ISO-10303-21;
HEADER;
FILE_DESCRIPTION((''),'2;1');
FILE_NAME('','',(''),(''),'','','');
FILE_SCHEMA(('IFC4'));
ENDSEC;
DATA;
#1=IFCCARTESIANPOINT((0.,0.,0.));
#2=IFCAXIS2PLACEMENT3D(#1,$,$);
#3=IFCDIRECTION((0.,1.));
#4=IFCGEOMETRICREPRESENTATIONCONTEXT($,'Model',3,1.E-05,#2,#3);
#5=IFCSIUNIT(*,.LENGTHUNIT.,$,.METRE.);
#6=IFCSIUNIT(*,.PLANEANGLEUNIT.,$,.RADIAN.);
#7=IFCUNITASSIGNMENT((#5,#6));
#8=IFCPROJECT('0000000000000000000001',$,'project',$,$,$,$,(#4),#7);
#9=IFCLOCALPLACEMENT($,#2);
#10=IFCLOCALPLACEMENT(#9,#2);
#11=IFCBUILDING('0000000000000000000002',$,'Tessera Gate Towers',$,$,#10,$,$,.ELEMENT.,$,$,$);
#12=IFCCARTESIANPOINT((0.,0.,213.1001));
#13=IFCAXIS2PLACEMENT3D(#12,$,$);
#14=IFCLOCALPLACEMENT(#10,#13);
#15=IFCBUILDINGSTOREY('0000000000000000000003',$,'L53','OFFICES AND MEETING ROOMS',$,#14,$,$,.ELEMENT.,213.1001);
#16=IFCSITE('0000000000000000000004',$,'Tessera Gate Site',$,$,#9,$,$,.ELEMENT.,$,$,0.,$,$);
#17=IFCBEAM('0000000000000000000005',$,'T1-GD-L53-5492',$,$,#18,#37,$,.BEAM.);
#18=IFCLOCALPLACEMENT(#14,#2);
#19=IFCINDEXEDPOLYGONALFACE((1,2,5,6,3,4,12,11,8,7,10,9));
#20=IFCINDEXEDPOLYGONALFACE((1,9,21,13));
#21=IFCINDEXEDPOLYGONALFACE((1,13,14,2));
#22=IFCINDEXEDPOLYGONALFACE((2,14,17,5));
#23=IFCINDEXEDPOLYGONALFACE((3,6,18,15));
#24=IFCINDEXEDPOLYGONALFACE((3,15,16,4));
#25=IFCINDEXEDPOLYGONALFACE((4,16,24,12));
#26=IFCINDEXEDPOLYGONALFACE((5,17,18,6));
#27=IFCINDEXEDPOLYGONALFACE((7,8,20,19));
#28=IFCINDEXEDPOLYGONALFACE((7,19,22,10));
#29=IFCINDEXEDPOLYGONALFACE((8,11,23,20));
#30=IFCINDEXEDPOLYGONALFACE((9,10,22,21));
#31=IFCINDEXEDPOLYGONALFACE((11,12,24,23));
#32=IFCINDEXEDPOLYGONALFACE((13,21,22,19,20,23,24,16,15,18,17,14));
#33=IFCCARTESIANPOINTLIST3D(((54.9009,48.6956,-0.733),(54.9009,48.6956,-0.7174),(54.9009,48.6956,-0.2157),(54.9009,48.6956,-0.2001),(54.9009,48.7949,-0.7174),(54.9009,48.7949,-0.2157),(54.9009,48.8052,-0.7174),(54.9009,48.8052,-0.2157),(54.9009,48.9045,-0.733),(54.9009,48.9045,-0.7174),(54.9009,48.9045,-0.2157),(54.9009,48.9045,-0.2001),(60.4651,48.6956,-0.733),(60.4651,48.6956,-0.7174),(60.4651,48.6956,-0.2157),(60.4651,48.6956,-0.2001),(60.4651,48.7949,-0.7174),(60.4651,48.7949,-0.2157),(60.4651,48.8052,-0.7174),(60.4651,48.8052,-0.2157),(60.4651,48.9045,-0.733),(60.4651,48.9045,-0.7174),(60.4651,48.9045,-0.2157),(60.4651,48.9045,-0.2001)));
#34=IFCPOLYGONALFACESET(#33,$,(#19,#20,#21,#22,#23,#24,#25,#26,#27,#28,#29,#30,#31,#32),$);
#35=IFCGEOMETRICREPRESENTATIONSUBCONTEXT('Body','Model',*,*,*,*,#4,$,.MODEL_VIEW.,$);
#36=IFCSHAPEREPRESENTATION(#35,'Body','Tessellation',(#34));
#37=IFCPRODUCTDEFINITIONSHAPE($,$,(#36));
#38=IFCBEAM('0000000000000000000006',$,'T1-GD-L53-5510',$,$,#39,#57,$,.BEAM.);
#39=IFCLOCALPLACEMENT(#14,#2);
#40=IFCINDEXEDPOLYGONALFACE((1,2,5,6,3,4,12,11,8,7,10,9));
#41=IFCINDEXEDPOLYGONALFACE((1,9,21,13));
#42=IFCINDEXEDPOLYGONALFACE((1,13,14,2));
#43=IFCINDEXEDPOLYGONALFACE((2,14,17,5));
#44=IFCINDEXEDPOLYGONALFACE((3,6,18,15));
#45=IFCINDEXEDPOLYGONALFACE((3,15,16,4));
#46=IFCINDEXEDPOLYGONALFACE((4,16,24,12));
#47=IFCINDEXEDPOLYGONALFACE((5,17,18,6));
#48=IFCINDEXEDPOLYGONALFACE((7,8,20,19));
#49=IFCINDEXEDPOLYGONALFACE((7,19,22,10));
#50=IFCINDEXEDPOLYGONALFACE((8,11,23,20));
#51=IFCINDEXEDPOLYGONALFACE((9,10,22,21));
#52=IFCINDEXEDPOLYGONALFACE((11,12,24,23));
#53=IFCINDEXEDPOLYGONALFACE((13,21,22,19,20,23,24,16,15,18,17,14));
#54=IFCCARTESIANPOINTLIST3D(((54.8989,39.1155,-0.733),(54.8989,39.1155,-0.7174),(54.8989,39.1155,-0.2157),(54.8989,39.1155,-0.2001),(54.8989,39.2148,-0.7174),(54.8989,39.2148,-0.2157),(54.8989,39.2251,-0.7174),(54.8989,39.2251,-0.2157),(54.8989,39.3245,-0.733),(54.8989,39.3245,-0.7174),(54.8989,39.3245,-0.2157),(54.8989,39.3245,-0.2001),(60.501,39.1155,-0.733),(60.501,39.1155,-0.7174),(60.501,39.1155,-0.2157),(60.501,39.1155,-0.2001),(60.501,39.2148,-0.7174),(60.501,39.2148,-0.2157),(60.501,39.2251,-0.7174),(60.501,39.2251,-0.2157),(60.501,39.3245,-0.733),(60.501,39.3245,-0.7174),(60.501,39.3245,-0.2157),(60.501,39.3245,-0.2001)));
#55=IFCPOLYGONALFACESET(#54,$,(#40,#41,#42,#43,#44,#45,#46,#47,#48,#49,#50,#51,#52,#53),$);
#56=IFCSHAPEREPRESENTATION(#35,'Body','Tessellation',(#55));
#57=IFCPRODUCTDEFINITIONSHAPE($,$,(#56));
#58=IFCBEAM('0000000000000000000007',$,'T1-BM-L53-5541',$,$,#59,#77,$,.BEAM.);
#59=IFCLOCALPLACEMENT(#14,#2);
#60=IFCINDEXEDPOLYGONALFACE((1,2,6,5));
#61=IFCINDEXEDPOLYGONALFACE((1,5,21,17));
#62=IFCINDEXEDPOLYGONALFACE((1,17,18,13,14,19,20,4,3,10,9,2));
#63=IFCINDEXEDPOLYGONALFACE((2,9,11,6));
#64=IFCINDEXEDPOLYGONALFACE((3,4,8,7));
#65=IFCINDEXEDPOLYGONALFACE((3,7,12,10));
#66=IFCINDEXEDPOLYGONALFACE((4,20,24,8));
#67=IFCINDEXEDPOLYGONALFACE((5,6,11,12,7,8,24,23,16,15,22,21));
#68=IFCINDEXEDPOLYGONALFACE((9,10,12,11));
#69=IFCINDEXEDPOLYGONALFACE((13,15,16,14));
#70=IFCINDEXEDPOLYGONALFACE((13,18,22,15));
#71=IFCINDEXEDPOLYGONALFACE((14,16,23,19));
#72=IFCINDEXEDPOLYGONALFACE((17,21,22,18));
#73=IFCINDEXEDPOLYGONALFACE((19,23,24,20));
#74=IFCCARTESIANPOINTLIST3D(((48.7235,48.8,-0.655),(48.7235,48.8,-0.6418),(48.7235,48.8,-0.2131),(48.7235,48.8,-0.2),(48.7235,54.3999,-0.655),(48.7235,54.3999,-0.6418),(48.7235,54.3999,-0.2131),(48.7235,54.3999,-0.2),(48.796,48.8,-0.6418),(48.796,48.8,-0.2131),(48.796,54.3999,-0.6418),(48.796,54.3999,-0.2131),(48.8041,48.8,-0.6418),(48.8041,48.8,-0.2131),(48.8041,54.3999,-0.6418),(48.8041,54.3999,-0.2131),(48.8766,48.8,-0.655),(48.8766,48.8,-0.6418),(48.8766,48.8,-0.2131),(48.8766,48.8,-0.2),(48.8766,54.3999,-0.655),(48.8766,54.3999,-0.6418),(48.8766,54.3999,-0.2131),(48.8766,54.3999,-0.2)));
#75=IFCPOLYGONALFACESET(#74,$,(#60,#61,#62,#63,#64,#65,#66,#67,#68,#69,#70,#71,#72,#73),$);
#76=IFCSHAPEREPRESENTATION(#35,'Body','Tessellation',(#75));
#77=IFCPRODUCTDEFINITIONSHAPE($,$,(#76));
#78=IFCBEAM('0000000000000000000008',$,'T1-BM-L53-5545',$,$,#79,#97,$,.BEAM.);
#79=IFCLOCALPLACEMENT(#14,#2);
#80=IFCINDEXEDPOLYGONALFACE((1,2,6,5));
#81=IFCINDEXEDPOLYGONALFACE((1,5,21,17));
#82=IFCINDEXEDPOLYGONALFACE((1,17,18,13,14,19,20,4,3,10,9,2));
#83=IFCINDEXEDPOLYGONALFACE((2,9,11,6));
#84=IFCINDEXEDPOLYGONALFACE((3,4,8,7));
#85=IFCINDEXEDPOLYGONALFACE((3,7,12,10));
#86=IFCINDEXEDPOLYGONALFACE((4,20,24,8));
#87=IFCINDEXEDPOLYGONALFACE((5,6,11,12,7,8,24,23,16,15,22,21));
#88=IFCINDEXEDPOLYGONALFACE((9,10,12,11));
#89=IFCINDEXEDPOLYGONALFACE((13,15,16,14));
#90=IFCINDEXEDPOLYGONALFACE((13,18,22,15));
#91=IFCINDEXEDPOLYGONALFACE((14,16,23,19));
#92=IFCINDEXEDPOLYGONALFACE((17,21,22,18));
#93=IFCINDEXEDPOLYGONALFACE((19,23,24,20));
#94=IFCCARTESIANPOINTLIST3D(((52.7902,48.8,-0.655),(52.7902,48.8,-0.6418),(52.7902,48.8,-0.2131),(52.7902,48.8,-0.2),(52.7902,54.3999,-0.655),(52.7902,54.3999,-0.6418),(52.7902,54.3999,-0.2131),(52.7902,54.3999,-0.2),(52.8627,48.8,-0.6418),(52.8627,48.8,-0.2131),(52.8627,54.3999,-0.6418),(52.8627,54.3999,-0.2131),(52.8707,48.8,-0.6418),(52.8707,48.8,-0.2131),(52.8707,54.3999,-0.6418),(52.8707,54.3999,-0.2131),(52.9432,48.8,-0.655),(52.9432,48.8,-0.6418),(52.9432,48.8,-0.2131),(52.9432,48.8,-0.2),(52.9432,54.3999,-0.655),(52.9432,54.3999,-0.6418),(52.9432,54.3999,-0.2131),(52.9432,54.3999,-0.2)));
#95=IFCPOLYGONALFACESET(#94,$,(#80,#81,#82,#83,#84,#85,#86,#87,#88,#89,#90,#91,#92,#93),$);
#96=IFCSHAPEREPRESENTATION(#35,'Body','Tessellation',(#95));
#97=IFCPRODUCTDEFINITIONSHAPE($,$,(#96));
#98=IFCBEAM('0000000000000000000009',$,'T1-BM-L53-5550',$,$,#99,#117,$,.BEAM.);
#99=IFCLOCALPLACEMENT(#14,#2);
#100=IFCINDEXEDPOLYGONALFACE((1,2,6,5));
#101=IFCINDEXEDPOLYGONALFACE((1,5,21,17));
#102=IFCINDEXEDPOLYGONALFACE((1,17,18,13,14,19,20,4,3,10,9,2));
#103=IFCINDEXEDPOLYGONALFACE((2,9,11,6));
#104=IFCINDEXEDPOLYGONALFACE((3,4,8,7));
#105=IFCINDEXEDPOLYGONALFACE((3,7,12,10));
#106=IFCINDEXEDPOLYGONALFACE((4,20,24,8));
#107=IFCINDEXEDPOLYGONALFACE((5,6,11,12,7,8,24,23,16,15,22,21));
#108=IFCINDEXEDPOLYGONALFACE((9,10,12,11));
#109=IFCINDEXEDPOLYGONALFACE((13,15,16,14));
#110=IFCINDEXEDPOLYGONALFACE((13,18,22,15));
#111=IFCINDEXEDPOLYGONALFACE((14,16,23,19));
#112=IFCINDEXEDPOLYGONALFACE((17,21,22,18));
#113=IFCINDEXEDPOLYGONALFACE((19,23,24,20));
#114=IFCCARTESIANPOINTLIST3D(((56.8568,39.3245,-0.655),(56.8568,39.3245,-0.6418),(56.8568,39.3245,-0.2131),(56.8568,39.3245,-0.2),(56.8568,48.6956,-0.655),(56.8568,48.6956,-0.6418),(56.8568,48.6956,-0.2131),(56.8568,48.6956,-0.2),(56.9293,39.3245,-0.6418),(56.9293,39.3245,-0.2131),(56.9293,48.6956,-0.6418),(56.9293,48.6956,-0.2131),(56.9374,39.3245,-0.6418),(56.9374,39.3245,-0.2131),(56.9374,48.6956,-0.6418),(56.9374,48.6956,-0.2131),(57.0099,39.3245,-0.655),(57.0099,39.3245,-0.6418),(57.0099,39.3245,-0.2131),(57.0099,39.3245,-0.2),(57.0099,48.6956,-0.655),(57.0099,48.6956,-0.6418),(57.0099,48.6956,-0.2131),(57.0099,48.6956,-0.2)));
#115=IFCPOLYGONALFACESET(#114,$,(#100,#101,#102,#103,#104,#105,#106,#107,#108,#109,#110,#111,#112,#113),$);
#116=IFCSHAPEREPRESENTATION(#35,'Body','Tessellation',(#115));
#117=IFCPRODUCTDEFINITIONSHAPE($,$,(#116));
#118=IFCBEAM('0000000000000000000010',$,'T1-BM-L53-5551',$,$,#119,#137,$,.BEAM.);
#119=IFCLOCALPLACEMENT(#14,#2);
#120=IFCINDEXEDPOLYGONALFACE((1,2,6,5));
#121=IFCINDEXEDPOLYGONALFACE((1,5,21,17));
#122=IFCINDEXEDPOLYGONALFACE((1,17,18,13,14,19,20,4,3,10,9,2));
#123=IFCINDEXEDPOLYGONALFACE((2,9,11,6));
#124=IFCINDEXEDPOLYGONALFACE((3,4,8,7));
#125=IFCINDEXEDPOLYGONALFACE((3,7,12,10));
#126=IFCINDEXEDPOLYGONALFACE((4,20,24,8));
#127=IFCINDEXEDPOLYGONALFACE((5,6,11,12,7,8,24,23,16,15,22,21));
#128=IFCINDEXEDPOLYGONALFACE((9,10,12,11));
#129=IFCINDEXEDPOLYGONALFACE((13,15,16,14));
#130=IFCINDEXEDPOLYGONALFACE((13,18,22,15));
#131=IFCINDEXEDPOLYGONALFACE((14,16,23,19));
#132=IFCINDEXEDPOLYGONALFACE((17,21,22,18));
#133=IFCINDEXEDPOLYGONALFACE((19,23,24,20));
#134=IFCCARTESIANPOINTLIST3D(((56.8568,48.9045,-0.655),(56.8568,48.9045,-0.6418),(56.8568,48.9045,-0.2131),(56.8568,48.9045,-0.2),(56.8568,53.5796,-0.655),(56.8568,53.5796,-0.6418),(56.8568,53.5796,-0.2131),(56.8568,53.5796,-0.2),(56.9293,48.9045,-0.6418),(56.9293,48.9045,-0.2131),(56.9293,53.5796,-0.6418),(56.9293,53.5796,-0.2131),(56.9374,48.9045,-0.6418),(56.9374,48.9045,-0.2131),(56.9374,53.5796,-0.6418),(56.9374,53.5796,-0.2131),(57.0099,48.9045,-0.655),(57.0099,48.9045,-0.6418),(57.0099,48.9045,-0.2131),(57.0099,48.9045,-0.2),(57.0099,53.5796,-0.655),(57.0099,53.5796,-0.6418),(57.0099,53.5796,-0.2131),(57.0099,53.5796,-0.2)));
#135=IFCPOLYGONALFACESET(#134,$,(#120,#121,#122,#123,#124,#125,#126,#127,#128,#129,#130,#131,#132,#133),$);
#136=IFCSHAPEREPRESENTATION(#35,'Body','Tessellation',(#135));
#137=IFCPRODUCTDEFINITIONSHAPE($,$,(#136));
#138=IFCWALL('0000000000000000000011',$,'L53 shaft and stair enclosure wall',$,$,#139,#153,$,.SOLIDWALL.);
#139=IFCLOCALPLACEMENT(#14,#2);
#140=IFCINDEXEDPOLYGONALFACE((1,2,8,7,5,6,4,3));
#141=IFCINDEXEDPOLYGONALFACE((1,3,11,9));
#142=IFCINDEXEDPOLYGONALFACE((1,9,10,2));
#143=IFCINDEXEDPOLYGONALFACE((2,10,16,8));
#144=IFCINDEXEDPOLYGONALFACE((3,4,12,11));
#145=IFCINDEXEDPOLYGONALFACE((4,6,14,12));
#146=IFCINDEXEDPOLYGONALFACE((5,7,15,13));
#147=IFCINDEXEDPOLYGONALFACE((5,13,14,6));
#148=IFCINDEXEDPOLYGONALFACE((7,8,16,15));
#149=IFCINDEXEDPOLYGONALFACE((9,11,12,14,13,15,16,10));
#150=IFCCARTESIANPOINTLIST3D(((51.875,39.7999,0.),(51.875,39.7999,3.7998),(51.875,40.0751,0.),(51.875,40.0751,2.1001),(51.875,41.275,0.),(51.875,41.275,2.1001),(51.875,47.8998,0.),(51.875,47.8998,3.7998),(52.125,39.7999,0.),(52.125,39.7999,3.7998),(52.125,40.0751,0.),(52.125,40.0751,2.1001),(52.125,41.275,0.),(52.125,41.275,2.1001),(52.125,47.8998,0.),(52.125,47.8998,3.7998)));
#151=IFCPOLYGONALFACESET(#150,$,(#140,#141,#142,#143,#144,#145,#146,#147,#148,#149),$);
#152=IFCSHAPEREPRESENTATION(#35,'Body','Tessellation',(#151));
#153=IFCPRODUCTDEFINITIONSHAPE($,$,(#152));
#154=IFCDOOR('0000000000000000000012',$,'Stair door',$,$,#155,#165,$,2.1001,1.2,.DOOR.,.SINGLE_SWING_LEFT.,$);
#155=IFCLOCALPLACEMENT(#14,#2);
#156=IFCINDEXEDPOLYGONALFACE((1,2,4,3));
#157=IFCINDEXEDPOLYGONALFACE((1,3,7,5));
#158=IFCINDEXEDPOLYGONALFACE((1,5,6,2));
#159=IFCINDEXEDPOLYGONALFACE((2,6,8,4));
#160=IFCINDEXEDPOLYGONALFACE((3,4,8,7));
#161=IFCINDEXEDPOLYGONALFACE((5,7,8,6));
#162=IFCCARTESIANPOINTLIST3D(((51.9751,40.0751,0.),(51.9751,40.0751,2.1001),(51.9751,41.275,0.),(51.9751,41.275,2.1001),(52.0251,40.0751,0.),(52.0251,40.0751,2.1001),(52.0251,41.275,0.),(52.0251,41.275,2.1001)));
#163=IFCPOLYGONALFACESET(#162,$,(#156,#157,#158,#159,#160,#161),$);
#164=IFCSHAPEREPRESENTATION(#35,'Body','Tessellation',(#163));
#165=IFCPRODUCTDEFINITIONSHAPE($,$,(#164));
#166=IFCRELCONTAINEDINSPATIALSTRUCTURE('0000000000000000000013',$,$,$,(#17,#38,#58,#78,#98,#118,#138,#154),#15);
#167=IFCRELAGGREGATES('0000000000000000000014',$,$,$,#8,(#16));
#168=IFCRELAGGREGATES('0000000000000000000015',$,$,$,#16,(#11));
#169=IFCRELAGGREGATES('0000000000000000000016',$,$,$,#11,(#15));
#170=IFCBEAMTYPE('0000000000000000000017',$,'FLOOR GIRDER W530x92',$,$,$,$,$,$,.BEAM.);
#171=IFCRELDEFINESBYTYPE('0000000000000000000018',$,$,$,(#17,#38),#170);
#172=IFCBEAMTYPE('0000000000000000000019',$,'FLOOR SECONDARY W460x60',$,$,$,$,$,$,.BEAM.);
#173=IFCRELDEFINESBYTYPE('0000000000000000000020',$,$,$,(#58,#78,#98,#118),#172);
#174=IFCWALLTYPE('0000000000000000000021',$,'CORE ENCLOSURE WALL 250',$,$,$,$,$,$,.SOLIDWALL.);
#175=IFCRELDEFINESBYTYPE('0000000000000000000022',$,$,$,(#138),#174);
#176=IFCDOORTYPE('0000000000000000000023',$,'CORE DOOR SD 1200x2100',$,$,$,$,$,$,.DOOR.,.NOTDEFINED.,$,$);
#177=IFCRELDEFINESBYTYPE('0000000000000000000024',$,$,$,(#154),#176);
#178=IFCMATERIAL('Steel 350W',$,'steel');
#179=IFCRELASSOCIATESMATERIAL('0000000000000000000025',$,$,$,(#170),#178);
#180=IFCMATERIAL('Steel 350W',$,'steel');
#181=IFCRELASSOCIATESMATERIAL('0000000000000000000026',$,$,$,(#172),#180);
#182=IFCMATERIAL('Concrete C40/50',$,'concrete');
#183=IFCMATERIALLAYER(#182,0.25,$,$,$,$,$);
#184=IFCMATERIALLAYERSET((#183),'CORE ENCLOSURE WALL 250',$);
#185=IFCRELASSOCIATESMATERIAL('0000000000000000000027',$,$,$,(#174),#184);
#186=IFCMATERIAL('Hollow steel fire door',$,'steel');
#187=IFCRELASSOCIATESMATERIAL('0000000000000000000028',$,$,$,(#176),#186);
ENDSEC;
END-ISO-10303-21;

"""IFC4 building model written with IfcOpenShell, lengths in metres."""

from ifc_helpers import new_model, si_unit, direction, frame, frame_2d, origin, origin_2d, place, context, subcontext, project, spatial, rectangle, i_section, extrude, source, transform, mapped, material, layer, layer_set, material_profile, profile_set, type_object, element, fill, save


model = new_model("IFC4")

# Units and contexts
model_context = context("Model", 3, precision=1e-05, world=origin(), true_north=direction((0.0, 1.0)))
body_context = subcontext(model_context, "Body", "Model", "MODEL_VIEW")
ifc_project = project(units=[si_unit("LENGTHUNIT", "METRE"), si_unit("PLANEANGLEUNIT", "RADIAN")], contexts=[model_context])

# Site, building, storey
site_placement = place(None, origin())
site = spatial("IfcSite", under=ifc_project, at=site_placement, Name="Tessera Gate Site", CompositionType="ELEMENT", RefElevation=0.0)
building_placement = place(site_placement, origin())
building = spatial("IfcBuilding", under=site, at=building_placement, Name="Tessera Gate Towers", CompositionType="ELEMENT")
storey_placement = place(building_placement, frame((0.0, 0.0, 213.1001)))
storey = spatial("IfcBuildingStorey", under=building, at=storey_placement, Name="L53", Description="OFFICES AND MEETING ROOMS", CompositionType="ELEMENT", Elevation=213.1001)

# Beams
ifc_material_1 = material(Name="Steel 350W", Category="steel")
ifc_material_profile_1 = material_profile(ifc_material_1, i_section(OverallWidth=0.209, OverallDepth=0.533, WebThickness=0.0103, FlangeThickness=0.0156, at=origin_2d()), Name="W530x92")
ifc_profile_set_1 = profile_set([ifc_material_profile_1], Name="Steel 350W")
beam_type_1 = type_object("IfcBeamType", Name="FLOOR GIRDER W530x92", PredefinedType="BEAM", material=ifc_profile_set_1)
beam_1_placement = place(storey_placement, frame((54.9009, 48.8, -0.4666), z_axis=(1.0, 0.0, 0.0), x_axis=(0.0, 1.0, 0.0)))
element("IfcBeam", 1, at=beam_1_placement, inside=storey, type_object=beam_type_1, Name="T1-GD-L53-5492", PredefinedType="BEAM", context=body_context, shape_type="SweptSolid", body=[
    extrude(i_section(OverallWidth=0.209, OverallDepth=0.533, WebThickness=0.0103, FlangeThickness=0.0156, at=origin_2d()), origin(), (0.0, 0.0, 1.0), 5.5642),
])
beam_2_placement = place(storey_placement, frame((54.8989, 39.22, -0.4666), z_axis=(1.0, 0.0, 0.0), x_axis=(0.0, 1.0, 0.0)))
element("IfcBeam", 2, at=beam_2_placement, inside=storey, type_object=beam_type_1, Name="T1-GD-L53-5510", PredefinedType="BEAM", context=body_context, shape_type="SweptSolid", body=[
    extrude(i_section(OverallWidth=0.209, OverallDepth=0.533, WebThickness=0.0103, FlangeThickness=0.0156, at=origin_2d()), origin(), (0.0, 0.0, 1.0), 5.6021),
])
ifc_material_2 = material(Name="Steel 350W", Category="steel")
ifc_material_profile_2 = material_profile(ifc_material_2, i_section(OverallWidth=0.1531, OverallDepth=0.4551, WebThickness=0.0081, FlangeThickness=0.0132, at=origin_2d()), Name="W460x60")
ifc_profile_set_2 = profile_set([ifc_material_profile_2], Name="Steel 350W")
beam_type_2 = type_object("IfcBeamType", Name="FLOOR SECONDARY W460x60", PredefinedType="BEAM", material=ifc_profile_set_2)
for number, where, z_axis, x_axis, name in (
    (3, (48.8, 48.8, -0.4275), (0.0, 1.0, 0.0), (-1.0, 0.0, 0.0), "T1-BM-L53-5541"),
    (4, (52.8667, 48.8, -0.4275), (0.0, 1.0, 0.0), (-1.0, 0.0, 0.0), "T1-BM-L53-5545"),
):
    element("IfcBeam", number, at=place(storey_placement, frame(where, z_axis=z_axis, x_axis=x_axis)), inside=storey, type_object=beam_type_2, Name=name, PredefinedType="BEAM", context=body_context, shape_type="SweptSolid", body=[
        extrude(i_section(OverallWidth=0.1531, OverallDepth=0.4551, WebThickness=0.0081, FlangeThickness=0.0132, at=origin_2d()), origin(), (0.0, 0.0, 1.0), 5.5999),
    ])
beam_3_placement = place(storey_placement, frame((56.9333, 39.3245, -0.4275), z_axis=(0.0, 1.0, 0.0), x_axis=(-1.0, 0.0, 0.0)))
element("IfcBeam", 5, at=beam_3_placement, inside=storey, type_object=beam_type_2, Name="T1-BM-L53-5550", PredefinedType="BEAM", context=body_context, shape_type="SweptSolid", body=[
    extrude(i_section(OverallWidth=0.1531, OverallDepth=0.4551, WebThickness=0.0081, FlangeThickness=0.0132, at=origin_2d()), origin(), (0.0, 0.0, 1.0), 9.3711),
])
beam_4_placement = place(storey_placement, frame((56.9333, 48.9045, -0.4275), z_axis=(0.0, 1.0, 0.0), x_axis=(-1.0, 0.0, 0.0)))
element("IfcBeam", 6, at=beam_4_placement, inside=storey, type_object=beam_type_2, Name="T1-BM-L53-5551", PredefinedType="BEAM", context=body_context, shape_type="SweptSolid", body=[
    extrude(i_section(OverallWidth=0.1531, OverallDepth=0.4551, WebThickness=0.0081, FlangeThickness=0.0132, at=origin_2d()), origin(), (0.0, 0.0, 1.0), 4.675),
])

# Wall, opening, door
ifc_material_3 = material(Name="Concrete C40/50", Category="concrete")
ifc_layer_1 = layer(ifc_material_3, 0.25)
ifc_layer_set_1 = layer_set([ifc_layer_1], Name="CORE ENCLOSURE WALL 250")
wall_type_1 = type_object("IfcWallType", Name="CORE ENCLOSURE WALL 250", PredefinedType="SOLIDWALL", material=ifc_layer_set_1)
wall_1_placement = place(storey_placement, frame((52.0, 39.8, 0.0), z_axis=(0.0, 0.0, 1.0), x_axis=(0.0, 1.0, 0.0)))
wall_1 = element("IfcWall", 7, at=wall_1_placement, inside=storey, type_object=wall_type_1, Name="L53 shaft and stair enclosure wall", PredefinedType="SOLIDWALL", context=body_context, shape_type="SweptSolid", body=[
    extrude(rectangle(XDim=8.0999, YDim=0.25, at=frame_2d((4.0498, 0.0))), origin(), (0.0, 0.0, 1.0), 3.7998),
])
shared_shape_1 = source(origin(), body_context, "Body", "SweptSolid", [
    extrude(rectangle(XDim=1.2, YDim=2.1001, at=frame_2d((0.6001, 1.05))), frame((0.0, 0.135, 0.0), z_axis=(0.0, -1.0, 0.0), x_axis=(1.0, 0.0, 0.0)), (0.0, 0.0, 1.0), 0.27),
])
opening_1_placement = place(wall_1_placement, frame((0.2749, 0.0, 0.0)))
opening_1 = element("IfcOpeningElement", 8, at=opening_1_placement, cuts=wall_1, PredefinedType="OPENING", context=body_context, shape_type="MappedRepresentation", body=[
    mapped(shared_shape_1, transform((0.0, 0.0, 0.0), scale=1.0)),
])
ifc_material_4 = material(Name="Hollow steel fire door", Category="steel")
door_type_1 = type_object("IfcDoorType", Name="CORE DOOR SD 1200x2100", OperationType="NOTDEFINED", PredefinedType="DOOR", material=ifc_material_4)
shared_shape_2 = source(origin(), body_context, "Body", "SweptSolid", [
    extrude(rectangle(XDim=1.2, YDim=2.1001, at=frame_2d((0.6001, 1.05))), frame((0.0, 0.0249, 0.0), z_axis=(0.0, -1.0, 0.0), x_axis=(1.0, 0.0, 0.0)), (0.0, 0.0, 1.0), 0.05),
])
door_1_placement = place(opening_1_placement, origin())
door_1 = element("IfcDoor", 9, at=door_1_placement, inside=storey, type_object=door_type_1, Name="Stair door", OperationType="SINGLE_SWING_LEFT", OverallHeight=2.1001, OverallWidth=1.2, PredefinedType="DOOR", context=body_context, shape_type="MappedRepresentation", body=[
    mapped(shared_shape_2, transform((0.0, 0.0, 0.0), scale=1.0)),
])
fill(opening_1, door_1)

save(model, "model.ifc")
